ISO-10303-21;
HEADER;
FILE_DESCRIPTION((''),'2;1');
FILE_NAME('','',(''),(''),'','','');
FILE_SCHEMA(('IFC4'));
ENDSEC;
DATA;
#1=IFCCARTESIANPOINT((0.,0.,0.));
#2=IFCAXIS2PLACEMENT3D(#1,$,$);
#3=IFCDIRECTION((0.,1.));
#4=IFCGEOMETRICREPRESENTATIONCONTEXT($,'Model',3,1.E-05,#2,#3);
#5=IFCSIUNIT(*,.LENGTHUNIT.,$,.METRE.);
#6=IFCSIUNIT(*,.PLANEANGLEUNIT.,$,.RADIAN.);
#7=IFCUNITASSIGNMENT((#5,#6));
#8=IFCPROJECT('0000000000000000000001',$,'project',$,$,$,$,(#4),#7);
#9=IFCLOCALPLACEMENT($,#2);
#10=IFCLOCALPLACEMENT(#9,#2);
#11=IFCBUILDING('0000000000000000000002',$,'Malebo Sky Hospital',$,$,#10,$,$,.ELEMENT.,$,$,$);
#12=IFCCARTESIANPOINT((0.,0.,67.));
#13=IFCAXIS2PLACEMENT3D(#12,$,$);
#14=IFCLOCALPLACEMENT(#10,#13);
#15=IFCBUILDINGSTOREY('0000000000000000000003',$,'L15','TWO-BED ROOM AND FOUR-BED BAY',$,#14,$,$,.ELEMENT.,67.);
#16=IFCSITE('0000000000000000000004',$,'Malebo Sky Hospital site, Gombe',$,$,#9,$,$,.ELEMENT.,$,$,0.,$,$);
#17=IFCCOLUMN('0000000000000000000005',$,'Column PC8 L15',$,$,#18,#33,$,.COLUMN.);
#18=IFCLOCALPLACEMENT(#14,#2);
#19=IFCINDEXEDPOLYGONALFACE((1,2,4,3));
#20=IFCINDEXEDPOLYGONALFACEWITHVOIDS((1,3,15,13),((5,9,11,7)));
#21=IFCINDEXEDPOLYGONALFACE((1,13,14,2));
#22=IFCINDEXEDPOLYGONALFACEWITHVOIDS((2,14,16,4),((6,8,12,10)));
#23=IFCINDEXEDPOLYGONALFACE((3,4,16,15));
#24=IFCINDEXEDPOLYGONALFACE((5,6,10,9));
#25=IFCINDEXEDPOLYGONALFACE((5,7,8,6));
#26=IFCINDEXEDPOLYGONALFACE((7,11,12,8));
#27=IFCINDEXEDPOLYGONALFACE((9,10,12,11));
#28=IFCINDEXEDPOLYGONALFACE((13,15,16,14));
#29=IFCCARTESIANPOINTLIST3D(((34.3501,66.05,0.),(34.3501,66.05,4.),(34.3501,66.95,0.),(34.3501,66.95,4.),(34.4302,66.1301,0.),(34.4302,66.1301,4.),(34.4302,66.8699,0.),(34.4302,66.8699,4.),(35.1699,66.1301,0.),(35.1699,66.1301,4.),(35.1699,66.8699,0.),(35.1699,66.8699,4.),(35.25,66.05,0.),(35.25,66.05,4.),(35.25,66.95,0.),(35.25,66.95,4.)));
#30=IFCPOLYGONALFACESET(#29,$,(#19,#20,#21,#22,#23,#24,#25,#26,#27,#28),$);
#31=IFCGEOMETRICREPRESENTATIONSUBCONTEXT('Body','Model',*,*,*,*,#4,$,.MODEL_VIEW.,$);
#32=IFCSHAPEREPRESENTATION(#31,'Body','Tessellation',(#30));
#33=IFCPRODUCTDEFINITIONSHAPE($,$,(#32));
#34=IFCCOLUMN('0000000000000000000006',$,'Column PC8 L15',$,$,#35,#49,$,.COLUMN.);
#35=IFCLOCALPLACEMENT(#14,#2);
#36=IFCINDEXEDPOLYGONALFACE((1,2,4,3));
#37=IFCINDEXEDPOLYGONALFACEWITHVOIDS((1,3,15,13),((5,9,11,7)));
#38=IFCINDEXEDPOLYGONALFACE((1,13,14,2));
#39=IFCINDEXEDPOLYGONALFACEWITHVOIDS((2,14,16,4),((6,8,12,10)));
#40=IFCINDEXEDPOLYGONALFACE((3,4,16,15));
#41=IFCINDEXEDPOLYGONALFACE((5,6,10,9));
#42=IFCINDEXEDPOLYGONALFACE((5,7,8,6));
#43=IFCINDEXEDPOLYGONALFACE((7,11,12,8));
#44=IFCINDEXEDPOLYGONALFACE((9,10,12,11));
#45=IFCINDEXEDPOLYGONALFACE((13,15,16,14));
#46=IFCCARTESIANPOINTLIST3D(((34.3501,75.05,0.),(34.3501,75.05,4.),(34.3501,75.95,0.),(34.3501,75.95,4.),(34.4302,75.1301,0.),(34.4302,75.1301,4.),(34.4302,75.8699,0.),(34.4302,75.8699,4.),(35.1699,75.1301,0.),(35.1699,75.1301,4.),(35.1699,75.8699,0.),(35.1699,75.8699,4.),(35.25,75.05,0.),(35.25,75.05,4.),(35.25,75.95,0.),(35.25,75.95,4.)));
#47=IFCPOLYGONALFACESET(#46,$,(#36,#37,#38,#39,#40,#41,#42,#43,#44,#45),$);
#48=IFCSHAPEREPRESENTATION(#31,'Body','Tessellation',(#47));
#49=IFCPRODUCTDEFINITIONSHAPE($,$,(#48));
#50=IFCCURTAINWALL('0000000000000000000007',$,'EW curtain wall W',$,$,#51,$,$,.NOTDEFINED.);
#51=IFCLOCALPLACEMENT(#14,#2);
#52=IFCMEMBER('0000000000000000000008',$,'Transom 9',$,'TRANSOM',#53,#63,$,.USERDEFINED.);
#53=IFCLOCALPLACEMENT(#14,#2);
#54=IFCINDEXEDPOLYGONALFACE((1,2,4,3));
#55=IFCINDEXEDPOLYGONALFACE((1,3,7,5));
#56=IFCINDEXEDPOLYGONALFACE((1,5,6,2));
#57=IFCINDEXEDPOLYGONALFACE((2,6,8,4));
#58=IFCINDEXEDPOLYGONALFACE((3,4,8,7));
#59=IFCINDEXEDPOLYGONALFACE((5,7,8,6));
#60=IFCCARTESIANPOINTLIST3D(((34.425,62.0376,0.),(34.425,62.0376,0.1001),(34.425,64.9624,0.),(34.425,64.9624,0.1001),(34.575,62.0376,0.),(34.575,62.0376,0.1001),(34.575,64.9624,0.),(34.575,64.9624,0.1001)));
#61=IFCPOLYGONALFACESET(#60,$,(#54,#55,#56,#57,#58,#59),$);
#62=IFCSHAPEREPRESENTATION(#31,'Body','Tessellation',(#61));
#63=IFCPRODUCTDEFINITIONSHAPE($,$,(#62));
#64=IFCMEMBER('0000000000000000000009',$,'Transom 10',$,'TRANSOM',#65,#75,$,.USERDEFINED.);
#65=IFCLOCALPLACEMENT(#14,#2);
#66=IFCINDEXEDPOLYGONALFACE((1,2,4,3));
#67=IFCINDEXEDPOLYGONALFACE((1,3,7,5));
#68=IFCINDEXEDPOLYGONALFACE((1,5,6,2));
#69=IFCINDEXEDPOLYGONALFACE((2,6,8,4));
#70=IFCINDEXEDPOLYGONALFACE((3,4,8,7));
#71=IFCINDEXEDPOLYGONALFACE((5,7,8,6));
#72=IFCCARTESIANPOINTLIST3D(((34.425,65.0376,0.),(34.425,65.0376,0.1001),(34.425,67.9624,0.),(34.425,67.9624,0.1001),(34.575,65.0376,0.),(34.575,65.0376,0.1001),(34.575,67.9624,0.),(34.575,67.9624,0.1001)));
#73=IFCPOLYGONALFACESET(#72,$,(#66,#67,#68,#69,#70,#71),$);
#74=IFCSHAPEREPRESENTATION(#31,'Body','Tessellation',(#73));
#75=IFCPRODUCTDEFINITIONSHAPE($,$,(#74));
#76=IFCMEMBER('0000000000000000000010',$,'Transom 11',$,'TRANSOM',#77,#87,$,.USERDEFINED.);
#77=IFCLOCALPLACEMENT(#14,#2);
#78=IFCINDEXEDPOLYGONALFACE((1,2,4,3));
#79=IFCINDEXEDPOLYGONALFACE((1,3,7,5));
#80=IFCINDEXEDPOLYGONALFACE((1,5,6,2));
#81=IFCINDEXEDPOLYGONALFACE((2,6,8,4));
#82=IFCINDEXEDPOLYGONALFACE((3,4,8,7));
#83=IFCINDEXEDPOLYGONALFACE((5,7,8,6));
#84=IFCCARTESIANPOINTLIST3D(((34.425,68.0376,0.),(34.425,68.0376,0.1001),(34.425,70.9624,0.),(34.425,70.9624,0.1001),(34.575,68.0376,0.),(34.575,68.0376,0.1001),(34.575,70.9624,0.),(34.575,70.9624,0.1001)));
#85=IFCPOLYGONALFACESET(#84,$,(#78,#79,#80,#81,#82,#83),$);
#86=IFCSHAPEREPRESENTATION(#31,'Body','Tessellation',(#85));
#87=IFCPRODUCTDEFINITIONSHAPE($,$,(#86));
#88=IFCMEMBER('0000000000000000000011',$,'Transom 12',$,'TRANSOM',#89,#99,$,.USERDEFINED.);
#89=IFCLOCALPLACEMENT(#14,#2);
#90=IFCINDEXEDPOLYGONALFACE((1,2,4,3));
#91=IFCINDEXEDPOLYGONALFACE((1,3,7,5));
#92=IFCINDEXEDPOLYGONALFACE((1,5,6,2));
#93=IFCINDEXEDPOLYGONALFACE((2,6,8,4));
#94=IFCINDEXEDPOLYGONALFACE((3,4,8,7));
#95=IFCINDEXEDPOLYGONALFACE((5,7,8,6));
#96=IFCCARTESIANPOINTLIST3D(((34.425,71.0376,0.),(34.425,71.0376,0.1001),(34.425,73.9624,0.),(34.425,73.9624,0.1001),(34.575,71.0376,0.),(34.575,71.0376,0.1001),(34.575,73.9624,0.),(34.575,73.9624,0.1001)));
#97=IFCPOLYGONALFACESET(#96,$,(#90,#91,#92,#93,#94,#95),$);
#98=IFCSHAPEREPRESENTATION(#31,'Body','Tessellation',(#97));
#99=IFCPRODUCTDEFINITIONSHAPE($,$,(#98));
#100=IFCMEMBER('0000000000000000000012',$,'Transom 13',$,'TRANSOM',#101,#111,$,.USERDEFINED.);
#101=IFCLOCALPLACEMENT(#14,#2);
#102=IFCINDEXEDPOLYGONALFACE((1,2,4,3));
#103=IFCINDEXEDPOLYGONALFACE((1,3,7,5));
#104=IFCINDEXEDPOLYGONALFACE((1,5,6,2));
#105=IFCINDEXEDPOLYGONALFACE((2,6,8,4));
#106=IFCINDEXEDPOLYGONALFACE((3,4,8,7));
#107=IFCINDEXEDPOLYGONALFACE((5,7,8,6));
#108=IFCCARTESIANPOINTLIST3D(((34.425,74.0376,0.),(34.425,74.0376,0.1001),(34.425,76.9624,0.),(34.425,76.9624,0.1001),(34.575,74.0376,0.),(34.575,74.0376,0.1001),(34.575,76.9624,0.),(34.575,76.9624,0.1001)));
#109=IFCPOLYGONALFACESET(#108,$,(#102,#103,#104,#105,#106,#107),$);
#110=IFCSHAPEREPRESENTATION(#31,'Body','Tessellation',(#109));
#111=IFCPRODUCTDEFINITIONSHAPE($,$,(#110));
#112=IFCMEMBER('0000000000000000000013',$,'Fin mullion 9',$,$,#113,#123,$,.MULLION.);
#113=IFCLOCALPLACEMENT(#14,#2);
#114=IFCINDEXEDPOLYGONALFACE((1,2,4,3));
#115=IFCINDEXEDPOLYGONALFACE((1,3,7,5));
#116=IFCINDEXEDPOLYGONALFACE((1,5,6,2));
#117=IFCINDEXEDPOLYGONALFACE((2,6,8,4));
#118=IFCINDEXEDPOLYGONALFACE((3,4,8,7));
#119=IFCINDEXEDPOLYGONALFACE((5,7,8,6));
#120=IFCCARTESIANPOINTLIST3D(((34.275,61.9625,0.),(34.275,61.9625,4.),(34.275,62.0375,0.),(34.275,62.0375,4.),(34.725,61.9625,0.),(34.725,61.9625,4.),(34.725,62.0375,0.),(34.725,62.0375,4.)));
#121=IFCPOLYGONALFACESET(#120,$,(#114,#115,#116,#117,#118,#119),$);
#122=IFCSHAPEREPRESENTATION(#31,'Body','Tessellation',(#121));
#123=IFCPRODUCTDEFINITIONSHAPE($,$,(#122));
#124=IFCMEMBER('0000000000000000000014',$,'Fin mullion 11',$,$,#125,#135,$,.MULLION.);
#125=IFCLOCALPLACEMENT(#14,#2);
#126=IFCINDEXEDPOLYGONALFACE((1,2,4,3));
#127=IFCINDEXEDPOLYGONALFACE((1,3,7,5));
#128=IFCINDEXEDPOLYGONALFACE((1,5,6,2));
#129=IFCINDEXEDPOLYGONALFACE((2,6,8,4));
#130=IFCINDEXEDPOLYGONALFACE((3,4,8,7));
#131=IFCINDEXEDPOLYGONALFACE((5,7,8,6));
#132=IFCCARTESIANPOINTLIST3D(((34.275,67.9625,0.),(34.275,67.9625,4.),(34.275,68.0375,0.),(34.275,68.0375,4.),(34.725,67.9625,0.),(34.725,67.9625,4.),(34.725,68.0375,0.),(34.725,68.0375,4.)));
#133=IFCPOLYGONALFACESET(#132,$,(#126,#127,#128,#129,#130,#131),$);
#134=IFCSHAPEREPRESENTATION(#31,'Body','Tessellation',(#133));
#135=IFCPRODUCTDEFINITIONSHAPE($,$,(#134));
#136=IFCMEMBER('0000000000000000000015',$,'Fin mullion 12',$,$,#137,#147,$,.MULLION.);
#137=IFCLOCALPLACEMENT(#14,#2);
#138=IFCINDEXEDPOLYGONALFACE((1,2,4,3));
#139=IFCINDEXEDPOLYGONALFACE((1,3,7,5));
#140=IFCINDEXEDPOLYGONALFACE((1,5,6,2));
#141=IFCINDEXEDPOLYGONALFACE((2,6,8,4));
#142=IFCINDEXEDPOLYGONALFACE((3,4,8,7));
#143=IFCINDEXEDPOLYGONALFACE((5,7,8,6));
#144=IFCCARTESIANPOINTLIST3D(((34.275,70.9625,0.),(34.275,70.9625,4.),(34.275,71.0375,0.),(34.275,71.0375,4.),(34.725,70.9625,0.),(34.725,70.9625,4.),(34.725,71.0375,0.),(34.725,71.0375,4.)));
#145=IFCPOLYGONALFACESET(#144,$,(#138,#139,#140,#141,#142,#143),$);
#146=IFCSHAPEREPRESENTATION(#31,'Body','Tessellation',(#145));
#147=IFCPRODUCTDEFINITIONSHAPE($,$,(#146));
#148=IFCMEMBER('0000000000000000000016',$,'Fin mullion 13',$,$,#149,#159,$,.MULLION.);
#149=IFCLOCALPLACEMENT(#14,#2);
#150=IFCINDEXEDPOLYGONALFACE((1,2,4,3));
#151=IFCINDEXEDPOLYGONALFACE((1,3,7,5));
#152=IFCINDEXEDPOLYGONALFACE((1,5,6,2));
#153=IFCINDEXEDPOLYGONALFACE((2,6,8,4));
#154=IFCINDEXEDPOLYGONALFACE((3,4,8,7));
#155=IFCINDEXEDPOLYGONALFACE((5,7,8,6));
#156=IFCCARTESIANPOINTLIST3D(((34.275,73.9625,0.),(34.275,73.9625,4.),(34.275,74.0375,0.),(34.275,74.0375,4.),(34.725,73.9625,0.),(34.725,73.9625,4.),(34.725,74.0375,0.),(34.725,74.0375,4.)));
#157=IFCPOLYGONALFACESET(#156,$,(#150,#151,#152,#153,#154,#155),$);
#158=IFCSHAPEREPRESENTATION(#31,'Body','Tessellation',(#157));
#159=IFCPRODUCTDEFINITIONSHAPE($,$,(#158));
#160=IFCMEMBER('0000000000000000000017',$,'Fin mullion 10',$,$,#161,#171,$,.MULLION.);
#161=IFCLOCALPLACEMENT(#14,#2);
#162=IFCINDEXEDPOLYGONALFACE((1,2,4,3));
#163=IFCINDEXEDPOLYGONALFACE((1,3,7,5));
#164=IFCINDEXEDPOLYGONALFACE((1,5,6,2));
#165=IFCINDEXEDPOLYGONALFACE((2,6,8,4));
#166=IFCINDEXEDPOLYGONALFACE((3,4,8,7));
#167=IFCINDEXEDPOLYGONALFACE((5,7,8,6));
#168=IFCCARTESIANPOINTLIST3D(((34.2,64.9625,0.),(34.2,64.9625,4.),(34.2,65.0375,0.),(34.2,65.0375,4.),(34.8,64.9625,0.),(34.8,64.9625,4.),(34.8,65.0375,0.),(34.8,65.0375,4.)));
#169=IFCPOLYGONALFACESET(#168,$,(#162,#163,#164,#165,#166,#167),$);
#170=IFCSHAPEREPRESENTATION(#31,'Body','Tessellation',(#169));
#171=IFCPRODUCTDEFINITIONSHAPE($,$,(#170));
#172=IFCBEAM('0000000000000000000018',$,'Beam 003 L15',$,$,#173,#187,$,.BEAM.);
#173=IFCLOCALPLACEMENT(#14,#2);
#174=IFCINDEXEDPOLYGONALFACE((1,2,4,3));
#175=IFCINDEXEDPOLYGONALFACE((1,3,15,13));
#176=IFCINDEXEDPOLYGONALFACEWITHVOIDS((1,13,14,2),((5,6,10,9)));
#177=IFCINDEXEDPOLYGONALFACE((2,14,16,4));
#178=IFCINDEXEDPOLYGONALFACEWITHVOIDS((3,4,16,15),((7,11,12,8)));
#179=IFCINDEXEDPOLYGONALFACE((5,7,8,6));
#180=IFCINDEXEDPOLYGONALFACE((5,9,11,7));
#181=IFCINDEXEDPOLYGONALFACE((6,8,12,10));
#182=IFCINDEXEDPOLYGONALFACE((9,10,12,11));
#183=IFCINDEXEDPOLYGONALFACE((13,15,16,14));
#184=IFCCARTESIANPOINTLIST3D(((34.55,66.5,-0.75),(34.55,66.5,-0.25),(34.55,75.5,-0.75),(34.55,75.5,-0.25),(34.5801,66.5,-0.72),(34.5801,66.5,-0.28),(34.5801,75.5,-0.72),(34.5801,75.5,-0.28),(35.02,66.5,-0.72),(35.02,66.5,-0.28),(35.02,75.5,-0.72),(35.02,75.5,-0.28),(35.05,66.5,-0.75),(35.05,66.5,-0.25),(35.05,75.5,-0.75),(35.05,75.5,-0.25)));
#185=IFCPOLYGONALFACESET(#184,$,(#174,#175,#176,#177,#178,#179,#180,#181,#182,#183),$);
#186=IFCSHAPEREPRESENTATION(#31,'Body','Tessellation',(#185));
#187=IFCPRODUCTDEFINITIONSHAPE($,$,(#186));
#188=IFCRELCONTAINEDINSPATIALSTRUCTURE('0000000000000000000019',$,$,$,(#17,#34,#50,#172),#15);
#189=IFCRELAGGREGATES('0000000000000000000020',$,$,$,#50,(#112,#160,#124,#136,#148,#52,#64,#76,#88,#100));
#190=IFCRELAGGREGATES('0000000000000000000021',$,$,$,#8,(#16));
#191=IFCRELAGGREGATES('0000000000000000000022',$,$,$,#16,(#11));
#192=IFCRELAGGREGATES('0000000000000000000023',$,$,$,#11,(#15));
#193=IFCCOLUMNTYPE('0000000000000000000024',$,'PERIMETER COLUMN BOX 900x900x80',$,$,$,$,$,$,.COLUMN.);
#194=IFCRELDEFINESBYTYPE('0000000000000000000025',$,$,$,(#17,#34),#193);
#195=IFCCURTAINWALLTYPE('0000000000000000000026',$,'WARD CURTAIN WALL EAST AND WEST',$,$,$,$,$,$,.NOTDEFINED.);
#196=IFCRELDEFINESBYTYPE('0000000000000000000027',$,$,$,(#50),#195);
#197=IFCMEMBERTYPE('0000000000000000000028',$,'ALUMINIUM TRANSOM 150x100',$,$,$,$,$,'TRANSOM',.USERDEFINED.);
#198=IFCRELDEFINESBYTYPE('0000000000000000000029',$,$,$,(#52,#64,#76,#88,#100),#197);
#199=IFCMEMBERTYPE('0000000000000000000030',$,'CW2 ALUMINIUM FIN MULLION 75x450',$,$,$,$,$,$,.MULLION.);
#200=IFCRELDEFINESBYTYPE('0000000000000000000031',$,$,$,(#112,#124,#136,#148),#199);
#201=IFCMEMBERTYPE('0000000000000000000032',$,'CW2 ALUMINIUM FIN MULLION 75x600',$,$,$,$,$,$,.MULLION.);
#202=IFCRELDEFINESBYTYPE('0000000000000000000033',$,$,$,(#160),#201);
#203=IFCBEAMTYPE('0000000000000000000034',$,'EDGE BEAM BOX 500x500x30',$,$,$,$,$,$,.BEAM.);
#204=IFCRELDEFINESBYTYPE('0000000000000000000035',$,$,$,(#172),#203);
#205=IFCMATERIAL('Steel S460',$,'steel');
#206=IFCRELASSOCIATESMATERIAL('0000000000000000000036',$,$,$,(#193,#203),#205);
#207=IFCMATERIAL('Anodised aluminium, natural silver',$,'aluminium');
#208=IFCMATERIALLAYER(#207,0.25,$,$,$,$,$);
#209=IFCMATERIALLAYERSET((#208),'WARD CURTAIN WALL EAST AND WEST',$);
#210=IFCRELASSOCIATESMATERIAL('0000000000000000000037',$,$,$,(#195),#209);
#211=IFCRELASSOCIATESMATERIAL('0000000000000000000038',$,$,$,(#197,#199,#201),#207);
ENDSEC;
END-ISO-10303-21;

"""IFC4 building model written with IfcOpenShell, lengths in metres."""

from ifc_helpers import new_model, si_unit, direction, frame, origin, origin_2d, place, context, subcontext, project, spatial, rectangle, hollow_rectangle, extrude, material, layer, layer_set, material_profile, profile_set, type_object, element, aggregate, save


model = new_model("IFC4")

# Units and contexts
model_context = context("Model", 3, precision=1e-05, world=origin(), true_north=direction((0.0, 1.0)))
body_context = subcontext(model_context, "Body", "Model", "MODEL_VIEW")
ifc_project = project(units=[si_unit("LENGTHUNIT", "METRE"), si_unit("PLANEANGLEUNIT", "RADIAN")], contexts=[model_context])

# Site, building, storey
site_placement = place(None, origin())
site = spatial("IfcSite", under=ifc_project, at=site_placement, Name="Malebo Sky Hospital site, Gombe", CompositionType="ELEMENT", RefElevation=0.0)
building_placement = place(site_placement, origin())
building = spatial("IfcBuilding", under=site, at=building_placement, Name="Malebo Sky Hospital", CompositionType="ELEMENT")
storey_placement = place(building_placement, frame((0.0, 0.0, 67.0)))
storey = spatial("IfcBuildingStorey", under=building, at=storey_placement, Name="L15", Description="TWO-BED ROOM AND FOUR-BED BAY", CompositionType="ELEMENT", Elevation=67.0)

# Columns
ifc_material_1 = material(Name="Steel S460", Category="steel")
ifc_material_profile_1 = material_profile(ifc_material_1, hollow_rectangle(XDim=0.8999, YDim=0.8999, WallThickness=0.0801, at=origin_2d()), Name="BOX 900x900x80")
ifc_profile_set_1 = profile_set([ifc_material_profile_1], Name="Steel S460")
column_type = type_object("IfcColumnType", Name="PERIMETER COLUMN BOX 900x900x80", PredefinedType="COLUMN", material=ifc_profile_set_1)
for number, where, z_axis, x_axis, name in (
    (1, (34.8, 66.5, 0.0), (0.0, 0.0, 1.0), (1.0, 0.0, 0.0), "Column PC8 L15"),
    (2, (34.8, 75.5, 0.0), (0.0, 0.0, 1.0), (1.0, 0.0, 0.0), "Column PC8 L15"),
):
    element("IfcColumn", number, at=place(storey_placement, frame(where, z_axis=z_axis, x_axis=x_axis)), inside=storey, type_object=column_type, Name=name, PredefinedType="COLUMN", context=body_context, shape_type="SweptSolid", body=[
        extrude(hollow_rectangle(XDim=0.8999, YDim=0.8999, WallThickness=0.0801, at=origin_2d()), origin(), (0.0, 0.0, 1.0), 4.0),
    ])

# Curtain wall, members
ifc_material_2 = material(Name="Anodised aluminium, natural silver", Category="aluminium")
ifc_layer_1 = layer(ifc_material_2, 0.25)
ifc_layer_set_1 = layer_set([ifc_layer_1], Name="WARD CURTAIN WALL EAST AND WEST")
curtain_wall_type = type_object("IfcCurtainWallType", Name="WARD CURTAIN WALL EAST AND WEST", PredefinedType="NOTDEFINED", material=ifc_layer_set_1)
curtain_wall_placement = place(storey_placement, origin())
curtain_wall = element("IfcCurtainWall", 3, at=curtain_wall_placement, inside=storey, type_object=curtain_wall_type, Name="EW curtain wall W", PredefinedType="NOTDEFINED")
ifc_material_profile_2 = material_profile(ifc_material_2, rectangle(XDim=0.1499, YDim=0.1001, at=origin_2d()), Name="ALUMINIUM TRANSOM 150x100")
ifc_profile_set_2 = profile_set([ifc_material_profile_2], Name="Anodised aluminium, natural silver")
member_type_1 = type_object("IfcMemberType", Name="ALUMINIUM TRANSOM 150x100", ElementType="TRANSOM", PredefinedType="USERDEFINED", material=ifc_profile_set_2)
member_1_placement = place(storey_placement, frame((34.5, 62.0376, 0.05), z_axis=(0.0, 1.0, 0.0), x_axis=(-1.0, 0.0, 0.0)))
member_1 = element("IfcMember", 4, at=member_1_placement, type_object=member_type_1, Name="Transom 9", ObjectType="TRANSOM", PredefinedType="USERDEFINED", context=body_context, shape_type="SweptSolid", body=[
    extrude(rectangle(XDim=0.1499, YDim=0.1001, at=origin_2d()), origin(), (0.0, 0.0, 1.0), 2.9248),
])
member_2_placement = place(storey_placement, frame((34.5, 65.0376, 0.05), z_axis=(0.0, 1.0, 0.0), x_axis=(-1.0, 0.0, 0.0)))
member_2 = element("IfcMember", 5, at=member_2_placement, type_object=member_type_1, Name="Transom 10", ObjectType="TRANSOM", PredefinedType="USERDEFINED", context=body_context, shape_type="SweptSolid", body=[
    extrude(rectangle(XDim=0.1499, YDim=0.1001, at=origin_2d()), origin(), (0.0, 0.0, 1.0), 2.9248),
])
member_3_placement = place(storey_placement, frame((34.5, 68.0376, 0.05), z_axis=(0.0, 1.0, 0.0), x_axis=(-1.0, 0.0, 0.0)))
member_3 = element("IfcMember", 6, at=member_3_placement, type_object=member_type_1, Name="Transom 11", ObjectType="TRANSOM", PredefinedType="USERDEFINED", context=body_context, shape_type="SweptSolid", body=[
    extrude(rectangle(XDim=0.1499, YDim=0.1001, at=origin_2d()), origin(), (0.0, 0.0, 1.0), 2.9248),
])
member_4_placement = place(storey_placement, frame((34.5, 71.0376, 0.05), z_axis=(0.0, 1.0, 0.0), x_axis=(-1.0, 0.0, 0.0)))
member_4 = element("IfcMember", 7, at=member_4_placement, type_object=member_type_1, Name="Transom 12", ObjectType="TRANSOM", PredefinedType="USERDEFINED", context=body_context, shape_type="SweptSolid", body=[
    extrude(rectangle(XDim=0.1499, YDim=0.1001, at=origin_2d()), origin(), (0.0, 0.0, 1.0), 2.9248),
])
member_5_placement = place(storey_placement, frame((34.5, 74.0376, 0.05), z_axis=(0.0, 1.0, 0.0), x_axis=(-1.0, 0.0, 0.0)))
member_5 = element("IfcMember", 8, at=member_5_placement, type_object=member_type_1, Name="Transom 13", ObjectType="TRANSOM", PredefinedType="USERDEFINED", context=body_context, shape_type="SweptSolid", body=[
    extrude(rectangle(XDim=0.1499, YDim=0.1001, at=origin_2d()), origin(), (0.0, 0.0, 1.0), 2.9248),
])
ifc_material_profile_3 = material_profile(ifc_material_2, rectangle(XDim=0.075, YDim=0.45, at=origin_2d()), Name="CW2 ALUMINIUM FIN MULLION 75x450")
ifc_profile_set_3 = profile_set([ifc_material_profile_3], Name="Anodised aluminium, natural silver")
member_type_2 = type_object("IfcMemberType", Name="CW2 ALUMINIUM FIN MULLION 75x450", PredefinedType="MULLION", material=ifc_profile_set_3)
member_6_placement = place(storey_placement, frame((34.5, 62.0, 0.0), z_axis=(0.0, 0.0, 1.0), x_axis=(0.0, 1.0, 0.0)))
member_6 = element("IfcMember", 9, at=member_6_placement, type_object=member_type_2, Name="Fin mullion 9", PredefinedType="MULLION", context=body_context, shape_type="SweptSolid", body=[
    extrude(rectangle(XDim=0.075, YDim=0.45, at=origin_2d()), origin(), (0.0, 0.0, 1.0), 4.0),
])
member_7_placement = place(storey_placement, frame((34.5, 68.0, 0.0), z_axis=(0.0, 0.0, 1.0), x_axis=(0.0, 1.0, 0.0)))
member_7 = element("IfcMember", 10, at=member_7_placement, type_object=member_type_2, Name="Fin mullion 11", PredefinedType="MULLION", context=body_context, shape_type="SweptSolid", body=[
    extrude(rectangle(XDim=0.075, YDim=0.45, at=origin_2d()), origin(), (0.0, 0.0, 1.0), 4.0),
])
member_8_placement = place(storey_placement, frame((34.5, 71.0, 0.0), z_axis=(0.0, 0.0, 1.0), x_axis=(0.0, 1.0, 0.0)))
member_8 = element("IfcMember", 11, at=member_8_placement, type_object=member_type_2, Name="Fin mullion 12", PredefinedType="MULLION", context=body_context, shape_type="SweptSolid", body=[
    extrude(rectangle(XDim=0.075, YDim=0.45, at=origin_2d()), origin(), (0.0, 0.0, 1.0), 4.0),
])
member_9_placement = place(storey_placement, frame((34.5, 74.0, 0.0), z_axis=(0.0, 0.0, 1.0), x_axis=(0.0, 1.0, 0.0)))
member_9 = element("IfcMember", 12, at=member_9_placement, type_object=member_type_2, Name="Fin mullion 13", PredefinedType="MULLION", context=body_context, shape_type="SweptSolid", body=[
    extrude(rectangle(XDim=0.075, YDim=0.45, at=origin_2d()), origin(), (0.0, 0.0, 1.0), 4.0),
])
ifc_material_profile_4 = material_profile(ifc_material_2, rectangle(XDim=0.075, YDim=0.6001, at=origin_2d()), Name="CW2 ALUMINIUM FIN MULLION 75x600")
ifc_profile_set_4 = profile_set([ifc_material_profile_4], Name="Anodised aluminium, natural silver")
member_type_3 = type_object("IfcMemberType", Name="CW2 ALUMINIUM FIN MULLION 75x600", PredefinedType="MULLION", material=ifc_profile_set_4)
member_10_placement = place(storey_placement, frame((34.5, 65.0, 0.0), z_axis=(0.0, 0.0, 1.0), x_axis=(0.0, 1.0, 0.0)))
member_10 = element("IfcMember", 13, at=member_10_placement, type_object=member_type_3, Name="Fin mullion 10", PredefinedType="MULLION", context=body_context, shape_type="SweptSolid", body=[
    extrude(rectangle(XDim=0.075, YDim=0.6001, at=origin_2d()), origin(), (0.0, 0.0, 1.0), 4.0),
])

# Beam
ifc_material_profile_5 = material_profile(ifc_material_1, hollow_rectangle(XDim=0.5, YDim=0.5, WallThickness=0.03, at=origin_2d()), Name="BOX 500x500x30")
ifc_profile_set_5 = profile_set([ifc_material_profile_5], Name="Steel S460")
beam_type_1 = type_object("IfcBeamType", Name="EDGE BEAM BOX 500x500x30", PredefinedType="BEAM", material=ifc_profile_set_5)
beam_1_placement = place(storey_placement, frame((34.8, 66.5, -0.5), z_axis=(0.0, 1.0, 0.0), x_axis=(-1.0, 0.0, 0.0)))
element("IfcBeam", 14, at=beam_1_placement, inside=storey, type_object=beam_type_1, Name="Beam 003 L15", PredefinedType="BEAM", context=body_context, shape_type="SweptSolid", body=[
    extrude(hollow_rectangle(XDim=0.5, YDim=0.5, WallThickness=0.03, at=origin_2d()), origin(), (0.0, 0.0, 1.0), 9.0),
])

aggregate(curtain_wall, [member_6, member_10, member_7, member_8, member_9, member_1, member_2, member_3, member_4, member_5])

save(model, "model.ifc")
